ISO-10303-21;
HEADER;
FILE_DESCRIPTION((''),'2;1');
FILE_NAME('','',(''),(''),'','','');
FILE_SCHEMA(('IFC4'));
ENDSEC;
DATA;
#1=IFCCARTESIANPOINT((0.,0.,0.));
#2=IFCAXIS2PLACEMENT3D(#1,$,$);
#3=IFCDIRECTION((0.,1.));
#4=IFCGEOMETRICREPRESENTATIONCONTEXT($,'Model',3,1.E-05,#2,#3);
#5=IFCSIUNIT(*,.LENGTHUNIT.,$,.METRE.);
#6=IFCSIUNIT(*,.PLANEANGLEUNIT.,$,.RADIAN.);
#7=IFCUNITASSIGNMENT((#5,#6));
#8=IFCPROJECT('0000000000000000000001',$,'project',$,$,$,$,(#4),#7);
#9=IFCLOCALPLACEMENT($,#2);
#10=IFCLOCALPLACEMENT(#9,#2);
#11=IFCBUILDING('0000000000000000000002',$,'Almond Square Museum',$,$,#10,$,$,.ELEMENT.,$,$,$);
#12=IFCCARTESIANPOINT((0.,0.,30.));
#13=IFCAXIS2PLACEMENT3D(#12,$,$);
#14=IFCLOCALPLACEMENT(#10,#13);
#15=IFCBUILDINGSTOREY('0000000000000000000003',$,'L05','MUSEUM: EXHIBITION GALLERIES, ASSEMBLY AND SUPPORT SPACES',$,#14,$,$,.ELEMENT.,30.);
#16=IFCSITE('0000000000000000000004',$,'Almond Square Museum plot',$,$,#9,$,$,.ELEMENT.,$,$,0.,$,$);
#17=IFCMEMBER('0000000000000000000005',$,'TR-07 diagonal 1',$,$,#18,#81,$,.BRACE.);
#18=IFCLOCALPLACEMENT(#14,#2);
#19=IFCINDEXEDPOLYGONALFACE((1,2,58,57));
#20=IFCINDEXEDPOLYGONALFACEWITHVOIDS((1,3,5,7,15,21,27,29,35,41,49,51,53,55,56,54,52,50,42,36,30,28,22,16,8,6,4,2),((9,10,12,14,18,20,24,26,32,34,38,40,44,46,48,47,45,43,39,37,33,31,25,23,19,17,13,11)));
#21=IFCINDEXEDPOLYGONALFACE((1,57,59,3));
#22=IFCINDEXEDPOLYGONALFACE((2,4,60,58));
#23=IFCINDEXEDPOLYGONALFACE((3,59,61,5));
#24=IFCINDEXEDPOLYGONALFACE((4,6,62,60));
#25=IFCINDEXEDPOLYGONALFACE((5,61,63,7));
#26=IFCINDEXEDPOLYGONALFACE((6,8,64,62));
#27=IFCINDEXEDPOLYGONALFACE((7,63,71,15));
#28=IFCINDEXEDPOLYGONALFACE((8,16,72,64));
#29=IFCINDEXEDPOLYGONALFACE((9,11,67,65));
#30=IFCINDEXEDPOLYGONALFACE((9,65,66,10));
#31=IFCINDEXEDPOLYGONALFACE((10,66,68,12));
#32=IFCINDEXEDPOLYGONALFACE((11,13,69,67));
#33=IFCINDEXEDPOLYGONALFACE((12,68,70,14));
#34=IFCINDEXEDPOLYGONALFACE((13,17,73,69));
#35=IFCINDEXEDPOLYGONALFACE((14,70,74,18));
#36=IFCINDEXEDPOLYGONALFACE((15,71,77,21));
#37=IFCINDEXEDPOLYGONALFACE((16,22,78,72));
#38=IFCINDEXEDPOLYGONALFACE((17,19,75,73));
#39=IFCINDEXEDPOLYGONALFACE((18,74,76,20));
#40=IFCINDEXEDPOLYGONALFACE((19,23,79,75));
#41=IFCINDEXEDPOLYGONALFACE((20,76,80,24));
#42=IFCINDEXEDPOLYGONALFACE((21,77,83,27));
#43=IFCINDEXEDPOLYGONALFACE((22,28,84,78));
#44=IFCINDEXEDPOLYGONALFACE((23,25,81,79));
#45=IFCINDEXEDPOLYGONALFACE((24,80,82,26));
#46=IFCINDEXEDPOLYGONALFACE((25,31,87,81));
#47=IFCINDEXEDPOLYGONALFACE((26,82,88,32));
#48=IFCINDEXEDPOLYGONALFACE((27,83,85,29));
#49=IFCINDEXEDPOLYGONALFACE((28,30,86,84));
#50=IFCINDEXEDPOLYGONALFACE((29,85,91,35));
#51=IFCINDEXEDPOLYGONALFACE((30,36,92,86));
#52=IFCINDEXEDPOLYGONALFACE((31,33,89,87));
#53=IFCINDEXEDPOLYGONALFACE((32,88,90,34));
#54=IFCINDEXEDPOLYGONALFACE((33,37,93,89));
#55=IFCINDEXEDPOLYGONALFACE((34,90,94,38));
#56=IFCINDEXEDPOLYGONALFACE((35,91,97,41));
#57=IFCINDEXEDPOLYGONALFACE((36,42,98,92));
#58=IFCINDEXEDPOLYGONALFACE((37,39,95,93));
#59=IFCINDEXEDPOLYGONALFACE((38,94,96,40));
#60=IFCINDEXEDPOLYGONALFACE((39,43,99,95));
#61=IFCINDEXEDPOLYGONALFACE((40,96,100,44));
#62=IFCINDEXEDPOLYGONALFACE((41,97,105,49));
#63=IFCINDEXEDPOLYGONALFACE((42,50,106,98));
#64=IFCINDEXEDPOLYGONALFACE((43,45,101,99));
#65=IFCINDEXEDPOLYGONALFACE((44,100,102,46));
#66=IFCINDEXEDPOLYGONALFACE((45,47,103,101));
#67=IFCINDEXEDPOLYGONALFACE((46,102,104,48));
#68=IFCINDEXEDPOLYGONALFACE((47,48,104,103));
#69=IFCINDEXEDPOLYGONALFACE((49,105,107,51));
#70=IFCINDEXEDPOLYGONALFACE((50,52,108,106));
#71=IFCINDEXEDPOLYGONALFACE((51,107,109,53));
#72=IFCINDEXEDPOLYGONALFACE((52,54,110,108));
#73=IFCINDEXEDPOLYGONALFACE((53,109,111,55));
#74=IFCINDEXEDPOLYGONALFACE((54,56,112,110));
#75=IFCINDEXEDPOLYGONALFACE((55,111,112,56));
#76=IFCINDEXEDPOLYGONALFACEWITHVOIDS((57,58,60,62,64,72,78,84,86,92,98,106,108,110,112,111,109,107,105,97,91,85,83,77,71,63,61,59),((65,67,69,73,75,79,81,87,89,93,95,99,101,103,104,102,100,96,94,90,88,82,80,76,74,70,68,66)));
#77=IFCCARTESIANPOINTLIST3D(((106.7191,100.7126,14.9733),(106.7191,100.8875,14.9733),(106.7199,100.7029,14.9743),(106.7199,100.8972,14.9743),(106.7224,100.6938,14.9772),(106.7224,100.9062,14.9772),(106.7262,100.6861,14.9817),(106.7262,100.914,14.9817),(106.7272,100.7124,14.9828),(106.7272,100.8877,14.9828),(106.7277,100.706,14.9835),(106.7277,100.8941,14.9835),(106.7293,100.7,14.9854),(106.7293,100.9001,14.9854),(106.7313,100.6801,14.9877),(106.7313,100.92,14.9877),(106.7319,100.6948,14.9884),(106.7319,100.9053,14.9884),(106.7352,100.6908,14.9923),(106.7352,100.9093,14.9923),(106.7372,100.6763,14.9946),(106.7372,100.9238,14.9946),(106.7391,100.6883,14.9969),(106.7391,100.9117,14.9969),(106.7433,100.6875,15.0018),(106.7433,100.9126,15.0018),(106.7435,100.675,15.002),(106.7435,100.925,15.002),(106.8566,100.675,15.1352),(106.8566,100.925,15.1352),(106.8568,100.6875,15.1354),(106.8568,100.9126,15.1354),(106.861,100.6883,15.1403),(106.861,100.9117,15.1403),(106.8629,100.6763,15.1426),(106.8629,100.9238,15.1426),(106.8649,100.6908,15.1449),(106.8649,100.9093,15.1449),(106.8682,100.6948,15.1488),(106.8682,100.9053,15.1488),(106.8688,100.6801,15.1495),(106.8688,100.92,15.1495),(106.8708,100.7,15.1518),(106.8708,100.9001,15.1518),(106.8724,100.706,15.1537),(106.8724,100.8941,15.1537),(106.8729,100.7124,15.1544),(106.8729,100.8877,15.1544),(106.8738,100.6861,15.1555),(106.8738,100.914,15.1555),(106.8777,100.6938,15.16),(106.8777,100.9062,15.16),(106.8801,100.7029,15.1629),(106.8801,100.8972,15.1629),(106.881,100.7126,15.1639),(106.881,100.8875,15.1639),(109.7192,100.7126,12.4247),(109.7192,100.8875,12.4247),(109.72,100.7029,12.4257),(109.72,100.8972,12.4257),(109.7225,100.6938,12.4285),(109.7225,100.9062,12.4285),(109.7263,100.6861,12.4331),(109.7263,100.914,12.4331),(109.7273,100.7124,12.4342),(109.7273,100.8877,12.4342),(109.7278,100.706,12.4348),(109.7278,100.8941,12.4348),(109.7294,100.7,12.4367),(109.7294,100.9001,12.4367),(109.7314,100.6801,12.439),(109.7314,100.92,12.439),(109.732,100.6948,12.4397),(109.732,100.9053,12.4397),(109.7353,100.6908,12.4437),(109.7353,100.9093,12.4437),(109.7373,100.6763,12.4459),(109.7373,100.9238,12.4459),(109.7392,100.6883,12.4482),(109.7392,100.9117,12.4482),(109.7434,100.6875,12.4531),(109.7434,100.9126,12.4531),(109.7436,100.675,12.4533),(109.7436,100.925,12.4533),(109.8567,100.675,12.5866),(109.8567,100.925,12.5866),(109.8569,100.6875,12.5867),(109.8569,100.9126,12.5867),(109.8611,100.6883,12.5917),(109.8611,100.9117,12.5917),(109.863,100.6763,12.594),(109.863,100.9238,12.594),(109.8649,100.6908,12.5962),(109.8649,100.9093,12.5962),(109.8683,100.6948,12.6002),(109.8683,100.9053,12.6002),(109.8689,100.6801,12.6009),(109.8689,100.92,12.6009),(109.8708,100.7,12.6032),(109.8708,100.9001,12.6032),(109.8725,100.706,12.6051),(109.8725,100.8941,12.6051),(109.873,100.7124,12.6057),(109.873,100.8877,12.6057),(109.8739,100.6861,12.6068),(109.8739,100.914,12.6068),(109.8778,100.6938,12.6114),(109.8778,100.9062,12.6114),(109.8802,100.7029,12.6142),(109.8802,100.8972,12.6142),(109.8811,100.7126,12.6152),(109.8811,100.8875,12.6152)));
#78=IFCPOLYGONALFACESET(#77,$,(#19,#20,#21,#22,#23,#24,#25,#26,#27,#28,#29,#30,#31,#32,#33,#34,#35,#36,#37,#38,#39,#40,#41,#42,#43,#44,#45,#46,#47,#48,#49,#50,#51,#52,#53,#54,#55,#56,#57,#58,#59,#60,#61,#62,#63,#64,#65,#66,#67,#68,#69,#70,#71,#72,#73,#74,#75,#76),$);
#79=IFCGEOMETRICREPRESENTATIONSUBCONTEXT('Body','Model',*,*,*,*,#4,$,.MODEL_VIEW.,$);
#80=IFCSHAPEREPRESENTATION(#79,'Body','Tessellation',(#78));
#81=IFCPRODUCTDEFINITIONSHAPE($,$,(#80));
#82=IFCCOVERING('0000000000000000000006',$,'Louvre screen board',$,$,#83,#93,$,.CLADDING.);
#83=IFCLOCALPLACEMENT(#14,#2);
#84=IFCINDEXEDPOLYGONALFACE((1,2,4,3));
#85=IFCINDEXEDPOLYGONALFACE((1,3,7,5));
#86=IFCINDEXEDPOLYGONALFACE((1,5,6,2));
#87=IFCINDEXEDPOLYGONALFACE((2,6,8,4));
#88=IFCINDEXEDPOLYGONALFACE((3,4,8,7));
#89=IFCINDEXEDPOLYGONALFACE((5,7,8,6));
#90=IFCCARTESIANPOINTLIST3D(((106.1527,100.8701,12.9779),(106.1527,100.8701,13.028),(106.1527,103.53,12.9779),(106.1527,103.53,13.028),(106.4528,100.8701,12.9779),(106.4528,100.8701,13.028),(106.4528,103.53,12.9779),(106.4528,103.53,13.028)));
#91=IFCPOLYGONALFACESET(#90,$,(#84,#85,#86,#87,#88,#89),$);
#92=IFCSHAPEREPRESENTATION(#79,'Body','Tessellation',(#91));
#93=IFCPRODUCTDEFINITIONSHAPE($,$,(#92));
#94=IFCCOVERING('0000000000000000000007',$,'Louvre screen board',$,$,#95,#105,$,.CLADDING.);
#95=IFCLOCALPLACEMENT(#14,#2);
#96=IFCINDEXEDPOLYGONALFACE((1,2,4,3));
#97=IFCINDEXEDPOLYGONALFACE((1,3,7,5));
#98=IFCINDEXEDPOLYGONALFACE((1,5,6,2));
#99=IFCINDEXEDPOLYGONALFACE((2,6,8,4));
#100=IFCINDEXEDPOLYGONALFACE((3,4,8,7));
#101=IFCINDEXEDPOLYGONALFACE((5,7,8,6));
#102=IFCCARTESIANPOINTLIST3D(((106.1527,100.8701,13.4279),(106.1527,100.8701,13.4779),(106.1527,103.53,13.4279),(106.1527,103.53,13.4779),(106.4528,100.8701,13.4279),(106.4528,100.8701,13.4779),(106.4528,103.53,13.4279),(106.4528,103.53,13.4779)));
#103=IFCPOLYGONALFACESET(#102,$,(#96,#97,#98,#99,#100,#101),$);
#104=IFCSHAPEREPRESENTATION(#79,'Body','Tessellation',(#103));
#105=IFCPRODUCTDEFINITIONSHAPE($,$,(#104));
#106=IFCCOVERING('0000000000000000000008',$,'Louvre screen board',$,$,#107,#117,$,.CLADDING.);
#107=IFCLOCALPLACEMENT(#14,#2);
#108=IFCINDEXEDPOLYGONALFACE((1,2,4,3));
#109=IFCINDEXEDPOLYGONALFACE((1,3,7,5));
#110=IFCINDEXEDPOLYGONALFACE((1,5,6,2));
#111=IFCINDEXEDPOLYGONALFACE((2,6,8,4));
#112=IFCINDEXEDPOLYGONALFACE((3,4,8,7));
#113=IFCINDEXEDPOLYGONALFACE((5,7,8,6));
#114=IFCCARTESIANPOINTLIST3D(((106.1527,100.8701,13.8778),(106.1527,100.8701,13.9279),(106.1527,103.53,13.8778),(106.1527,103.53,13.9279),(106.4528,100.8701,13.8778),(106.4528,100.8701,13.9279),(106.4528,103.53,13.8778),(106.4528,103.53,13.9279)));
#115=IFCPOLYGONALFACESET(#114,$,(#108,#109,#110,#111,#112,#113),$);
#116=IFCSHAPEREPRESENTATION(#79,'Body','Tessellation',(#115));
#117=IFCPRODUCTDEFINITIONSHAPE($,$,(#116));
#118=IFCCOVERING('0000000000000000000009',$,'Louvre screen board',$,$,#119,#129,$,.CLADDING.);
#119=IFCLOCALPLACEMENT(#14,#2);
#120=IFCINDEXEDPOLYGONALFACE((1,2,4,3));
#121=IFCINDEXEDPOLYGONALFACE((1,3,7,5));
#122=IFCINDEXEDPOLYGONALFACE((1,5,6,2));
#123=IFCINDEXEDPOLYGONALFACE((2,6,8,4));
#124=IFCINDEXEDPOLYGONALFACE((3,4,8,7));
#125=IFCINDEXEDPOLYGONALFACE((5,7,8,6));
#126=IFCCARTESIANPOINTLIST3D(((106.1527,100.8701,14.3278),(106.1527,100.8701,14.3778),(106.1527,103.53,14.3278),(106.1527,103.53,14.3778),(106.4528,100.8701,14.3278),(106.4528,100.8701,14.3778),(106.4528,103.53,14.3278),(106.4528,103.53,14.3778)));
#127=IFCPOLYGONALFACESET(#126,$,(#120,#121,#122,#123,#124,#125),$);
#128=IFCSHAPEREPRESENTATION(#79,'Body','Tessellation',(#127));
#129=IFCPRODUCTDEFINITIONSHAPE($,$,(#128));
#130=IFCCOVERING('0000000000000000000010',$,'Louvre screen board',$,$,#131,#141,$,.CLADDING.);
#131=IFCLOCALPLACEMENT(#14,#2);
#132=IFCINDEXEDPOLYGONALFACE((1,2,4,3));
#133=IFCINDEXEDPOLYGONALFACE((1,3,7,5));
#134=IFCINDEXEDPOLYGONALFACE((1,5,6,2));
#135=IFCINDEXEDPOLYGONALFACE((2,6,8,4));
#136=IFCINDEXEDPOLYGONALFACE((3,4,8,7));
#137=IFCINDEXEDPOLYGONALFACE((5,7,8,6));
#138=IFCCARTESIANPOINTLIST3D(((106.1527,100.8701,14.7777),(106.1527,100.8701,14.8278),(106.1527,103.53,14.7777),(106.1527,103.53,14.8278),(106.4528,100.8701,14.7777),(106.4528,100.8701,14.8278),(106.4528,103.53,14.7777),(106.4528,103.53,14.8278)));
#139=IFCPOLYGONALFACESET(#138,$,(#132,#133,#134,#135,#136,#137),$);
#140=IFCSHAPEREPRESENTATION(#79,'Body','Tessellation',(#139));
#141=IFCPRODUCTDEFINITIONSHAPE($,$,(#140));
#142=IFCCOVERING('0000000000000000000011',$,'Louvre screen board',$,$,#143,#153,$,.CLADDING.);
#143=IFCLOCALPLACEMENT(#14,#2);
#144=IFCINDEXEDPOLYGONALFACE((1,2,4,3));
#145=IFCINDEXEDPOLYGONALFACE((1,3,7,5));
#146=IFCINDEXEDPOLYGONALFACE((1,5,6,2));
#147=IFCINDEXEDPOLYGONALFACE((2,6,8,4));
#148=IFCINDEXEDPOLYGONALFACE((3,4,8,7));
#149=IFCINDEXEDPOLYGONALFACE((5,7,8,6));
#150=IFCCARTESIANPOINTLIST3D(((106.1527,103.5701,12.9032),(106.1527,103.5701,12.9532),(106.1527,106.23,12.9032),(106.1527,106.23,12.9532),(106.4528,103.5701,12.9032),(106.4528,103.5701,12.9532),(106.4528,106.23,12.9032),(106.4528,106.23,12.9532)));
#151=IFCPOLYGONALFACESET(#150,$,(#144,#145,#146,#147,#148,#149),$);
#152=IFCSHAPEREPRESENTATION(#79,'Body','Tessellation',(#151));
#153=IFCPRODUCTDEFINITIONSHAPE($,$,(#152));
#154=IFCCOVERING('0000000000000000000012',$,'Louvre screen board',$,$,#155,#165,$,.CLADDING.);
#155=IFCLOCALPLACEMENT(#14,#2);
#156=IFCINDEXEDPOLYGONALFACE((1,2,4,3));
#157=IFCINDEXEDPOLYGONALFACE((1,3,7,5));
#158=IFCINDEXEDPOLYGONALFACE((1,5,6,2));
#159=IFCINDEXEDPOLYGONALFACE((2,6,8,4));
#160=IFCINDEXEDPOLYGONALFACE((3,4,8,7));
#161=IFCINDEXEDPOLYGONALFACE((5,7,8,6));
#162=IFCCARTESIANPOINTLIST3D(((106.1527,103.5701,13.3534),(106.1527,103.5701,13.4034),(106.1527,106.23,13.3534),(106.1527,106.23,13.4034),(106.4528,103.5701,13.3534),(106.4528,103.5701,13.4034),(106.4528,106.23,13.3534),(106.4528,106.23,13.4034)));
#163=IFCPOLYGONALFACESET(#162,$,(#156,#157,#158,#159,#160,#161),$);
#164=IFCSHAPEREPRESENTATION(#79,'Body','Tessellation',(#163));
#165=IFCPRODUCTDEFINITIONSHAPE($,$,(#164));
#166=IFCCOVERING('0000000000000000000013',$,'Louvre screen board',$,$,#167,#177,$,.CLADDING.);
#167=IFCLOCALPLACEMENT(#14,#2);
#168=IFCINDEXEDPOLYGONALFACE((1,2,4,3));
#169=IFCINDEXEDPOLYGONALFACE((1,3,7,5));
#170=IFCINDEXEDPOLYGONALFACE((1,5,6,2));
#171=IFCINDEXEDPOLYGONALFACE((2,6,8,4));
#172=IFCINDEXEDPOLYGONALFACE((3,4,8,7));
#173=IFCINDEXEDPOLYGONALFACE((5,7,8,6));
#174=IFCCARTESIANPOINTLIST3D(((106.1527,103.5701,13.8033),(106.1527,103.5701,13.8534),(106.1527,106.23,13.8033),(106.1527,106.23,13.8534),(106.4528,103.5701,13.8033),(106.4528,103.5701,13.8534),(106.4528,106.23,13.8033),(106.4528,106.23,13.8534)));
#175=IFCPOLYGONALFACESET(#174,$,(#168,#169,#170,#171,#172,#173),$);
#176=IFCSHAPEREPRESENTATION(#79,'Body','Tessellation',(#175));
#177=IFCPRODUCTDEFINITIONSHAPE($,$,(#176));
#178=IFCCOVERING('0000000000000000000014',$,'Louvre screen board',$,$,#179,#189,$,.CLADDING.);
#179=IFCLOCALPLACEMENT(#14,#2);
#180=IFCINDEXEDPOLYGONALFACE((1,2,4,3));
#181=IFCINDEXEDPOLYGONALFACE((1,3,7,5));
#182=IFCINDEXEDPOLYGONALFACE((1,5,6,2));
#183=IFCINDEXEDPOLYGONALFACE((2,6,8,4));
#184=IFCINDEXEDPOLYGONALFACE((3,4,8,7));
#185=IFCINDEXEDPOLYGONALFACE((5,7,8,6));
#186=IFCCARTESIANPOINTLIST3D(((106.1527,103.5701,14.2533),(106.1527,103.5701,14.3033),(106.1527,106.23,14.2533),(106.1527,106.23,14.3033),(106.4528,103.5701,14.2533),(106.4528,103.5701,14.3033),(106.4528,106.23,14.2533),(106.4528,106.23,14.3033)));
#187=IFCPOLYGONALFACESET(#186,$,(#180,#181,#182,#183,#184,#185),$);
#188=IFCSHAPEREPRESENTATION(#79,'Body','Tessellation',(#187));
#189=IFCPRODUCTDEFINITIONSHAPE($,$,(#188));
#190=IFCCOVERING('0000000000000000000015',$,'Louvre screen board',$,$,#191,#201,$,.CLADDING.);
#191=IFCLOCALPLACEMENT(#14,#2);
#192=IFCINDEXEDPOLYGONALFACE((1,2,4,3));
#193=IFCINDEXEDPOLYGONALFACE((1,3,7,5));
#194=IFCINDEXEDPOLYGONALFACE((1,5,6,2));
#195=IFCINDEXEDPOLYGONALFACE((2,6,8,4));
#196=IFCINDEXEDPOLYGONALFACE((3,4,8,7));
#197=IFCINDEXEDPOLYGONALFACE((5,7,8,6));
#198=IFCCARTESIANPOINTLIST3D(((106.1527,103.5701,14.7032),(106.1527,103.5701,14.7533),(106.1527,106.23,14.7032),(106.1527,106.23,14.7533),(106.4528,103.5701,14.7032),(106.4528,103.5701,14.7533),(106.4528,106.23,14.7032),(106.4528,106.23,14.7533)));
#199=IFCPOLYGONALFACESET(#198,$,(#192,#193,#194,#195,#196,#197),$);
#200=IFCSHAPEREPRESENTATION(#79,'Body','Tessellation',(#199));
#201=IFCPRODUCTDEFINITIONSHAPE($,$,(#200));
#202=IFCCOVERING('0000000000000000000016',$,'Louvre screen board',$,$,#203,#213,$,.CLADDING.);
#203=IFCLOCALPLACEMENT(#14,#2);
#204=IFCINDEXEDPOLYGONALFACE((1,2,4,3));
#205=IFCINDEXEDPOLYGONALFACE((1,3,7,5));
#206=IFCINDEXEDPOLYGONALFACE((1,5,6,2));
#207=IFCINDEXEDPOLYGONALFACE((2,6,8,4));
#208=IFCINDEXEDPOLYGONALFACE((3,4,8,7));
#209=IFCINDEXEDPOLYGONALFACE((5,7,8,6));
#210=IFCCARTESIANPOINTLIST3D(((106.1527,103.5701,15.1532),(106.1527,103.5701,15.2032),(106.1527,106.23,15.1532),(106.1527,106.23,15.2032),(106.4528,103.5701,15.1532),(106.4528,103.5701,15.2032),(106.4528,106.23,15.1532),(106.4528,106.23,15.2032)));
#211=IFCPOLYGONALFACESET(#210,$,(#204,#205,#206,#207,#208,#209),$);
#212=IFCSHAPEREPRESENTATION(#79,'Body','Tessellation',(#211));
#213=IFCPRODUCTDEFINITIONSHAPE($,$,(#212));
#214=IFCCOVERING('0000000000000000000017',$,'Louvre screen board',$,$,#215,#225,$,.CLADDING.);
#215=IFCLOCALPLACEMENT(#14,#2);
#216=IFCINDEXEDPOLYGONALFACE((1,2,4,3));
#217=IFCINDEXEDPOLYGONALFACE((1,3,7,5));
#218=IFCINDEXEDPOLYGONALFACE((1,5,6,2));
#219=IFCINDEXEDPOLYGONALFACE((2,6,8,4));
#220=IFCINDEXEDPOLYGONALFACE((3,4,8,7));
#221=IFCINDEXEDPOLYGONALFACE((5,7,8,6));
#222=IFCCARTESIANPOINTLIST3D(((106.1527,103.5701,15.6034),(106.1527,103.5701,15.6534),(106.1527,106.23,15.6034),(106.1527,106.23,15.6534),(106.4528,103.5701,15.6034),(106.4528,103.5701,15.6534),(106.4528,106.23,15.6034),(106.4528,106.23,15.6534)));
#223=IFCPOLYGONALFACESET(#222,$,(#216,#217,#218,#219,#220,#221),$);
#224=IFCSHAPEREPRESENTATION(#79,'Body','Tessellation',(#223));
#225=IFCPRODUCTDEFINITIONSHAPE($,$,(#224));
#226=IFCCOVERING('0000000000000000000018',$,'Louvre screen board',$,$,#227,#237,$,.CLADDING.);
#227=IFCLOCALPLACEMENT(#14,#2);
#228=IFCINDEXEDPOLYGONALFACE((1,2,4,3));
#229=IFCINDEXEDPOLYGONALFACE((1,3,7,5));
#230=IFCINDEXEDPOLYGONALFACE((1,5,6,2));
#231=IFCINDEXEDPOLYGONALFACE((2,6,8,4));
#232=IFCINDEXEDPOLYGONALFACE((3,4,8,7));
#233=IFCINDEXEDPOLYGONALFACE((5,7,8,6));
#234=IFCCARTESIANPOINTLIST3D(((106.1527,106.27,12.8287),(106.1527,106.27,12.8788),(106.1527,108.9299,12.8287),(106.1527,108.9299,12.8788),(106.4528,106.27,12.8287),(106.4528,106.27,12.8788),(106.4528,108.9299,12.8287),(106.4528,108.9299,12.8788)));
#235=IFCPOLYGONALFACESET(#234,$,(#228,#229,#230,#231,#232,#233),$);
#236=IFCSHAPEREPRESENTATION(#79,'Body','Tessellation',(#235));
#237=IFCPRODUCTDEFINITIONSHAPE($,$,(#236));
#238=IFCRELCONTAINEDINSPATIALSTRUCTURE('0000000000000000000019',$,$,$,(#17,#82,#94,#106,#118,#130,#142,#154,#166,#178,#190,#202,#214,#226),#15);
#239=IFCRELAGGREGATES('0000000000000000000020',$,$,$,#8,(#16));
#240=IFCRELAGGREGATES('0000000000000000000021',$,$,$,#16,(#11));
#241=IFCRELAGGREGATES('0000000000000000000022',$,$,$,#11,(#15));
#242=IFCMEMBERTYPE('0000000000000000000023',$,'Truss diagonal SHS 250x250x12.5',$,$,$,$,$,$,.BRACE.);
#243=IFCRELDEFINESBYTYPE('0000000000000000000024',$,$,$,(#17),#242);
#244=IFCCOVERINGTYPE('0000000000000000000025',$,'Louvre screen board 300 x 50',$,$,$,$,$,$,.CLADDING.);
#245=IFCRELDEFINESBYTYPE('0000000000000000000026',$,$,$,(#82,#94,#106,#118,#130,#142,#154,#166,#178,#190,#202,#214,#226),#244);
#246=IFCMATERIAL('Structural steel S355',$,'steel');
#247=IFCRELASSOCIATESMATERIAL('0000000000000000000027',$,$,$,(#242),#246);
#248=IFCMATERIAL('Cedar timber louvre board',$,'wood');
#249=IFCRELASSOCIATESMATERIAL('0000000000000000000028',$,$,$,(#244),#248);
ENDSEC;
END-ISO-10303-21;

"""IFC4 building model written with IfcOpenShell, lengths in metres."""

from ifc_helpers import new_model, si_unit, direction, frame, origin, origin_2d, place, context, subcontext, project, spatial, rectangle, hollow_rectangle, extrude, material, material_profile, profile_set, type_object, element, save


model = new_model("IFC4")

# Units and contexts
model_context = context("Model", 3, precision=1e-05, world=origin(), true_north=direction((0.0, 1.0)))
body_context = subcontext(model_context, "Body", "Model", "MODEL_VIEW")
ifc_project = project(units=[si_unit("LENGTHUNIT", "METRE"), si_unit("PLANEANGLEUNIT", "RADIAN")], contexts=[model_context])

# Site, building, storey
site_placement = place(None, origin())
site = spatial("IfcSite", under=ifc_project, at=site_placement, Name="Almond Square Museum plot", CompositionType="ELEMENT", RefElevation=0.0)
building_placement = place(site_placement, origin())
building = spatial("IfcBuilding", under=site, at=building_placement, Name="Almond Square Museum", CompositionType="ELEMENT")
storey_placement = place(building_placement, frame((0.0, 0.0, 30.0)))
storey = spatial("IfcBuildingStorey", under=building, at=storey_placement, Name="L05", Description="MUSEUM: EXHIBITION GALLERIES, ASSEMBLY AND SUPPORT SPACES", CompositionType="ELEMENT", Elevation=30.0)

# Member
ifc_material_1 = material(Name="Structural steel S355", Category="steel")
ifc_material_profile_1 = material_profile(ifc_material_1, hollow_rectangle(XDim=0.25, YDim=0.25, WallThickness=0.0125, InnerFilletRadius=0.0249, OuterFilletRadius=0.0376, at=origin_2d()))
ifc_profile_set_1 = profile_set([ifc_material_profile_1], Name="Structural steel S355")
member_type_1 = type_object("IfcMemberType", Name="Truss diagonal SHS 250x250x12.5", PredefinedType="BRACE", material=ifc_profile_set_1)
member_1_placement = place(storey_placement, frame((106.8, 100.8, 15.0686), z_axis=(0.762117, 0.0, -0.64744), x_axis=(0.0, 1.0, 0.0)))
element("IfcMember", 1, at=member_1_placement, inside=storey, type_object=member_type_1, Name="TR-07 diagonal 1", PredefinedType="BRACE", context=body_context, shape_type="SweptSolid", body=[
    extrude(hollow_rectangle(XDim=0.25, YDim=0.25, WallThickness=0.0125, InnerFilletRadius=0.0249, OuterFilletRadius=0.0376, at=origin_2d()), origin(), (0.0, 0.0, 1.0), 3.9365),
])

# Coverings
ifc_material_2 = material(Name="Cedar timber louvre board", Category="wood")
ifc_material_profile_2 = material_profile(ifc_material_2, rectangle(XDim=0.3, YDim=0.05, at=origin_2d()))
ifc_profile_set_2 = profile_set([ifc_material_profile_2], Name="Cedar timber louvre board")
covering_type_1 = type_object("IfcCoveringType", Name="Louvre screen board 300 x 50", PredefinedType="CLADDING", material=ifc_profile_set_2)
for number, where, z_axis, x_axis, name in (
    (2, (106.3027, 100.8701, 13.0029), (0.0, 1.0, 0.0), (-1.0, 0.0, 0.0), "Louvre screen board"),
    (3, (106.3027, 100.8701, 13.4529), (0.0, 1.0, 0.0), (-1.0, 0.0, 0.0), "Louvre screen board"),
    (4, (106.3027, 100.8701, 13.9028), (0.0, 1.0, 0.0), (-1.0, 0.0, 0.0), "Louvre screen board"),
    (5, (106.3027, 100.8701, 14.3528), (0.0, 1.0, 0.0), (-1.0, 0.0, 0.0), "Louvre screen board"),
    (6, (106.3027, 100.8701, 14.8027), (0.0, 1.0, 0.0), (-1.0, 0.0, 0.0), "Louvre screen board"),
    (7, (106.3027, 103.5701, 12.9282), (0.0, 1.0, 0.0), (-1.0, 0.0, 0.0), "Louvre screen board"),
    (8, (106.3027, 103.5701, 13.3784), (0.0, 1.0, 0.0), (-1.0, 0.0, 0.0), "Louvre screen board"),
    (9, (106.3027, 103.5701, 13.8284), (0.0, 1.0, 0.0), (-1.0, 0.0, 0.0), "Louvre screen board"),
    (10, (106.3027, 103.5701, 14.2783), (0.0, 1.0, 0.0), (-1.0, 0.0, 0.0), "Louvre screen board"),
    (11, (106.3027, 103.5701, 14.7283), (0.0, 1.0, 0.0), (-1.0, 0.0, 0.0), "Louvre screen board"),
    (12, (106.3027, 103.5701, 15.1782), (0.0, 1.0, 0.0), (-1.0, 0.0, 0.0), "Louvre screen board"),
    (13, (106.3027, 103.5701, 15.6284), (0.0, 1.0, 0.0), (-1.0, 0.0, 0.0), "Louvre screen board"),
    (14, (106.3027, 106.27, 12.8538), (0.0, 1.0, 0.0), (-1.0, 0.0, 0.0), "Louvre screen board"),
):
    element("IfcCovering", number, at=place(storey_placement, frame(where, z_axis=z_axis, x_axis=x_axis)), inside=storey, type_object=covering_type_1, Name=name, PredefinedType="CLADDING", context=body_context, shape_type="SweptSolid", body=[
        extrude(rectangle(XDim=0.3, YDim=0.05, at=origin_2d()), origin(), (0.0, 0.0, 1.0), 2.6599),
    ])

save(model, "model.ifc")
